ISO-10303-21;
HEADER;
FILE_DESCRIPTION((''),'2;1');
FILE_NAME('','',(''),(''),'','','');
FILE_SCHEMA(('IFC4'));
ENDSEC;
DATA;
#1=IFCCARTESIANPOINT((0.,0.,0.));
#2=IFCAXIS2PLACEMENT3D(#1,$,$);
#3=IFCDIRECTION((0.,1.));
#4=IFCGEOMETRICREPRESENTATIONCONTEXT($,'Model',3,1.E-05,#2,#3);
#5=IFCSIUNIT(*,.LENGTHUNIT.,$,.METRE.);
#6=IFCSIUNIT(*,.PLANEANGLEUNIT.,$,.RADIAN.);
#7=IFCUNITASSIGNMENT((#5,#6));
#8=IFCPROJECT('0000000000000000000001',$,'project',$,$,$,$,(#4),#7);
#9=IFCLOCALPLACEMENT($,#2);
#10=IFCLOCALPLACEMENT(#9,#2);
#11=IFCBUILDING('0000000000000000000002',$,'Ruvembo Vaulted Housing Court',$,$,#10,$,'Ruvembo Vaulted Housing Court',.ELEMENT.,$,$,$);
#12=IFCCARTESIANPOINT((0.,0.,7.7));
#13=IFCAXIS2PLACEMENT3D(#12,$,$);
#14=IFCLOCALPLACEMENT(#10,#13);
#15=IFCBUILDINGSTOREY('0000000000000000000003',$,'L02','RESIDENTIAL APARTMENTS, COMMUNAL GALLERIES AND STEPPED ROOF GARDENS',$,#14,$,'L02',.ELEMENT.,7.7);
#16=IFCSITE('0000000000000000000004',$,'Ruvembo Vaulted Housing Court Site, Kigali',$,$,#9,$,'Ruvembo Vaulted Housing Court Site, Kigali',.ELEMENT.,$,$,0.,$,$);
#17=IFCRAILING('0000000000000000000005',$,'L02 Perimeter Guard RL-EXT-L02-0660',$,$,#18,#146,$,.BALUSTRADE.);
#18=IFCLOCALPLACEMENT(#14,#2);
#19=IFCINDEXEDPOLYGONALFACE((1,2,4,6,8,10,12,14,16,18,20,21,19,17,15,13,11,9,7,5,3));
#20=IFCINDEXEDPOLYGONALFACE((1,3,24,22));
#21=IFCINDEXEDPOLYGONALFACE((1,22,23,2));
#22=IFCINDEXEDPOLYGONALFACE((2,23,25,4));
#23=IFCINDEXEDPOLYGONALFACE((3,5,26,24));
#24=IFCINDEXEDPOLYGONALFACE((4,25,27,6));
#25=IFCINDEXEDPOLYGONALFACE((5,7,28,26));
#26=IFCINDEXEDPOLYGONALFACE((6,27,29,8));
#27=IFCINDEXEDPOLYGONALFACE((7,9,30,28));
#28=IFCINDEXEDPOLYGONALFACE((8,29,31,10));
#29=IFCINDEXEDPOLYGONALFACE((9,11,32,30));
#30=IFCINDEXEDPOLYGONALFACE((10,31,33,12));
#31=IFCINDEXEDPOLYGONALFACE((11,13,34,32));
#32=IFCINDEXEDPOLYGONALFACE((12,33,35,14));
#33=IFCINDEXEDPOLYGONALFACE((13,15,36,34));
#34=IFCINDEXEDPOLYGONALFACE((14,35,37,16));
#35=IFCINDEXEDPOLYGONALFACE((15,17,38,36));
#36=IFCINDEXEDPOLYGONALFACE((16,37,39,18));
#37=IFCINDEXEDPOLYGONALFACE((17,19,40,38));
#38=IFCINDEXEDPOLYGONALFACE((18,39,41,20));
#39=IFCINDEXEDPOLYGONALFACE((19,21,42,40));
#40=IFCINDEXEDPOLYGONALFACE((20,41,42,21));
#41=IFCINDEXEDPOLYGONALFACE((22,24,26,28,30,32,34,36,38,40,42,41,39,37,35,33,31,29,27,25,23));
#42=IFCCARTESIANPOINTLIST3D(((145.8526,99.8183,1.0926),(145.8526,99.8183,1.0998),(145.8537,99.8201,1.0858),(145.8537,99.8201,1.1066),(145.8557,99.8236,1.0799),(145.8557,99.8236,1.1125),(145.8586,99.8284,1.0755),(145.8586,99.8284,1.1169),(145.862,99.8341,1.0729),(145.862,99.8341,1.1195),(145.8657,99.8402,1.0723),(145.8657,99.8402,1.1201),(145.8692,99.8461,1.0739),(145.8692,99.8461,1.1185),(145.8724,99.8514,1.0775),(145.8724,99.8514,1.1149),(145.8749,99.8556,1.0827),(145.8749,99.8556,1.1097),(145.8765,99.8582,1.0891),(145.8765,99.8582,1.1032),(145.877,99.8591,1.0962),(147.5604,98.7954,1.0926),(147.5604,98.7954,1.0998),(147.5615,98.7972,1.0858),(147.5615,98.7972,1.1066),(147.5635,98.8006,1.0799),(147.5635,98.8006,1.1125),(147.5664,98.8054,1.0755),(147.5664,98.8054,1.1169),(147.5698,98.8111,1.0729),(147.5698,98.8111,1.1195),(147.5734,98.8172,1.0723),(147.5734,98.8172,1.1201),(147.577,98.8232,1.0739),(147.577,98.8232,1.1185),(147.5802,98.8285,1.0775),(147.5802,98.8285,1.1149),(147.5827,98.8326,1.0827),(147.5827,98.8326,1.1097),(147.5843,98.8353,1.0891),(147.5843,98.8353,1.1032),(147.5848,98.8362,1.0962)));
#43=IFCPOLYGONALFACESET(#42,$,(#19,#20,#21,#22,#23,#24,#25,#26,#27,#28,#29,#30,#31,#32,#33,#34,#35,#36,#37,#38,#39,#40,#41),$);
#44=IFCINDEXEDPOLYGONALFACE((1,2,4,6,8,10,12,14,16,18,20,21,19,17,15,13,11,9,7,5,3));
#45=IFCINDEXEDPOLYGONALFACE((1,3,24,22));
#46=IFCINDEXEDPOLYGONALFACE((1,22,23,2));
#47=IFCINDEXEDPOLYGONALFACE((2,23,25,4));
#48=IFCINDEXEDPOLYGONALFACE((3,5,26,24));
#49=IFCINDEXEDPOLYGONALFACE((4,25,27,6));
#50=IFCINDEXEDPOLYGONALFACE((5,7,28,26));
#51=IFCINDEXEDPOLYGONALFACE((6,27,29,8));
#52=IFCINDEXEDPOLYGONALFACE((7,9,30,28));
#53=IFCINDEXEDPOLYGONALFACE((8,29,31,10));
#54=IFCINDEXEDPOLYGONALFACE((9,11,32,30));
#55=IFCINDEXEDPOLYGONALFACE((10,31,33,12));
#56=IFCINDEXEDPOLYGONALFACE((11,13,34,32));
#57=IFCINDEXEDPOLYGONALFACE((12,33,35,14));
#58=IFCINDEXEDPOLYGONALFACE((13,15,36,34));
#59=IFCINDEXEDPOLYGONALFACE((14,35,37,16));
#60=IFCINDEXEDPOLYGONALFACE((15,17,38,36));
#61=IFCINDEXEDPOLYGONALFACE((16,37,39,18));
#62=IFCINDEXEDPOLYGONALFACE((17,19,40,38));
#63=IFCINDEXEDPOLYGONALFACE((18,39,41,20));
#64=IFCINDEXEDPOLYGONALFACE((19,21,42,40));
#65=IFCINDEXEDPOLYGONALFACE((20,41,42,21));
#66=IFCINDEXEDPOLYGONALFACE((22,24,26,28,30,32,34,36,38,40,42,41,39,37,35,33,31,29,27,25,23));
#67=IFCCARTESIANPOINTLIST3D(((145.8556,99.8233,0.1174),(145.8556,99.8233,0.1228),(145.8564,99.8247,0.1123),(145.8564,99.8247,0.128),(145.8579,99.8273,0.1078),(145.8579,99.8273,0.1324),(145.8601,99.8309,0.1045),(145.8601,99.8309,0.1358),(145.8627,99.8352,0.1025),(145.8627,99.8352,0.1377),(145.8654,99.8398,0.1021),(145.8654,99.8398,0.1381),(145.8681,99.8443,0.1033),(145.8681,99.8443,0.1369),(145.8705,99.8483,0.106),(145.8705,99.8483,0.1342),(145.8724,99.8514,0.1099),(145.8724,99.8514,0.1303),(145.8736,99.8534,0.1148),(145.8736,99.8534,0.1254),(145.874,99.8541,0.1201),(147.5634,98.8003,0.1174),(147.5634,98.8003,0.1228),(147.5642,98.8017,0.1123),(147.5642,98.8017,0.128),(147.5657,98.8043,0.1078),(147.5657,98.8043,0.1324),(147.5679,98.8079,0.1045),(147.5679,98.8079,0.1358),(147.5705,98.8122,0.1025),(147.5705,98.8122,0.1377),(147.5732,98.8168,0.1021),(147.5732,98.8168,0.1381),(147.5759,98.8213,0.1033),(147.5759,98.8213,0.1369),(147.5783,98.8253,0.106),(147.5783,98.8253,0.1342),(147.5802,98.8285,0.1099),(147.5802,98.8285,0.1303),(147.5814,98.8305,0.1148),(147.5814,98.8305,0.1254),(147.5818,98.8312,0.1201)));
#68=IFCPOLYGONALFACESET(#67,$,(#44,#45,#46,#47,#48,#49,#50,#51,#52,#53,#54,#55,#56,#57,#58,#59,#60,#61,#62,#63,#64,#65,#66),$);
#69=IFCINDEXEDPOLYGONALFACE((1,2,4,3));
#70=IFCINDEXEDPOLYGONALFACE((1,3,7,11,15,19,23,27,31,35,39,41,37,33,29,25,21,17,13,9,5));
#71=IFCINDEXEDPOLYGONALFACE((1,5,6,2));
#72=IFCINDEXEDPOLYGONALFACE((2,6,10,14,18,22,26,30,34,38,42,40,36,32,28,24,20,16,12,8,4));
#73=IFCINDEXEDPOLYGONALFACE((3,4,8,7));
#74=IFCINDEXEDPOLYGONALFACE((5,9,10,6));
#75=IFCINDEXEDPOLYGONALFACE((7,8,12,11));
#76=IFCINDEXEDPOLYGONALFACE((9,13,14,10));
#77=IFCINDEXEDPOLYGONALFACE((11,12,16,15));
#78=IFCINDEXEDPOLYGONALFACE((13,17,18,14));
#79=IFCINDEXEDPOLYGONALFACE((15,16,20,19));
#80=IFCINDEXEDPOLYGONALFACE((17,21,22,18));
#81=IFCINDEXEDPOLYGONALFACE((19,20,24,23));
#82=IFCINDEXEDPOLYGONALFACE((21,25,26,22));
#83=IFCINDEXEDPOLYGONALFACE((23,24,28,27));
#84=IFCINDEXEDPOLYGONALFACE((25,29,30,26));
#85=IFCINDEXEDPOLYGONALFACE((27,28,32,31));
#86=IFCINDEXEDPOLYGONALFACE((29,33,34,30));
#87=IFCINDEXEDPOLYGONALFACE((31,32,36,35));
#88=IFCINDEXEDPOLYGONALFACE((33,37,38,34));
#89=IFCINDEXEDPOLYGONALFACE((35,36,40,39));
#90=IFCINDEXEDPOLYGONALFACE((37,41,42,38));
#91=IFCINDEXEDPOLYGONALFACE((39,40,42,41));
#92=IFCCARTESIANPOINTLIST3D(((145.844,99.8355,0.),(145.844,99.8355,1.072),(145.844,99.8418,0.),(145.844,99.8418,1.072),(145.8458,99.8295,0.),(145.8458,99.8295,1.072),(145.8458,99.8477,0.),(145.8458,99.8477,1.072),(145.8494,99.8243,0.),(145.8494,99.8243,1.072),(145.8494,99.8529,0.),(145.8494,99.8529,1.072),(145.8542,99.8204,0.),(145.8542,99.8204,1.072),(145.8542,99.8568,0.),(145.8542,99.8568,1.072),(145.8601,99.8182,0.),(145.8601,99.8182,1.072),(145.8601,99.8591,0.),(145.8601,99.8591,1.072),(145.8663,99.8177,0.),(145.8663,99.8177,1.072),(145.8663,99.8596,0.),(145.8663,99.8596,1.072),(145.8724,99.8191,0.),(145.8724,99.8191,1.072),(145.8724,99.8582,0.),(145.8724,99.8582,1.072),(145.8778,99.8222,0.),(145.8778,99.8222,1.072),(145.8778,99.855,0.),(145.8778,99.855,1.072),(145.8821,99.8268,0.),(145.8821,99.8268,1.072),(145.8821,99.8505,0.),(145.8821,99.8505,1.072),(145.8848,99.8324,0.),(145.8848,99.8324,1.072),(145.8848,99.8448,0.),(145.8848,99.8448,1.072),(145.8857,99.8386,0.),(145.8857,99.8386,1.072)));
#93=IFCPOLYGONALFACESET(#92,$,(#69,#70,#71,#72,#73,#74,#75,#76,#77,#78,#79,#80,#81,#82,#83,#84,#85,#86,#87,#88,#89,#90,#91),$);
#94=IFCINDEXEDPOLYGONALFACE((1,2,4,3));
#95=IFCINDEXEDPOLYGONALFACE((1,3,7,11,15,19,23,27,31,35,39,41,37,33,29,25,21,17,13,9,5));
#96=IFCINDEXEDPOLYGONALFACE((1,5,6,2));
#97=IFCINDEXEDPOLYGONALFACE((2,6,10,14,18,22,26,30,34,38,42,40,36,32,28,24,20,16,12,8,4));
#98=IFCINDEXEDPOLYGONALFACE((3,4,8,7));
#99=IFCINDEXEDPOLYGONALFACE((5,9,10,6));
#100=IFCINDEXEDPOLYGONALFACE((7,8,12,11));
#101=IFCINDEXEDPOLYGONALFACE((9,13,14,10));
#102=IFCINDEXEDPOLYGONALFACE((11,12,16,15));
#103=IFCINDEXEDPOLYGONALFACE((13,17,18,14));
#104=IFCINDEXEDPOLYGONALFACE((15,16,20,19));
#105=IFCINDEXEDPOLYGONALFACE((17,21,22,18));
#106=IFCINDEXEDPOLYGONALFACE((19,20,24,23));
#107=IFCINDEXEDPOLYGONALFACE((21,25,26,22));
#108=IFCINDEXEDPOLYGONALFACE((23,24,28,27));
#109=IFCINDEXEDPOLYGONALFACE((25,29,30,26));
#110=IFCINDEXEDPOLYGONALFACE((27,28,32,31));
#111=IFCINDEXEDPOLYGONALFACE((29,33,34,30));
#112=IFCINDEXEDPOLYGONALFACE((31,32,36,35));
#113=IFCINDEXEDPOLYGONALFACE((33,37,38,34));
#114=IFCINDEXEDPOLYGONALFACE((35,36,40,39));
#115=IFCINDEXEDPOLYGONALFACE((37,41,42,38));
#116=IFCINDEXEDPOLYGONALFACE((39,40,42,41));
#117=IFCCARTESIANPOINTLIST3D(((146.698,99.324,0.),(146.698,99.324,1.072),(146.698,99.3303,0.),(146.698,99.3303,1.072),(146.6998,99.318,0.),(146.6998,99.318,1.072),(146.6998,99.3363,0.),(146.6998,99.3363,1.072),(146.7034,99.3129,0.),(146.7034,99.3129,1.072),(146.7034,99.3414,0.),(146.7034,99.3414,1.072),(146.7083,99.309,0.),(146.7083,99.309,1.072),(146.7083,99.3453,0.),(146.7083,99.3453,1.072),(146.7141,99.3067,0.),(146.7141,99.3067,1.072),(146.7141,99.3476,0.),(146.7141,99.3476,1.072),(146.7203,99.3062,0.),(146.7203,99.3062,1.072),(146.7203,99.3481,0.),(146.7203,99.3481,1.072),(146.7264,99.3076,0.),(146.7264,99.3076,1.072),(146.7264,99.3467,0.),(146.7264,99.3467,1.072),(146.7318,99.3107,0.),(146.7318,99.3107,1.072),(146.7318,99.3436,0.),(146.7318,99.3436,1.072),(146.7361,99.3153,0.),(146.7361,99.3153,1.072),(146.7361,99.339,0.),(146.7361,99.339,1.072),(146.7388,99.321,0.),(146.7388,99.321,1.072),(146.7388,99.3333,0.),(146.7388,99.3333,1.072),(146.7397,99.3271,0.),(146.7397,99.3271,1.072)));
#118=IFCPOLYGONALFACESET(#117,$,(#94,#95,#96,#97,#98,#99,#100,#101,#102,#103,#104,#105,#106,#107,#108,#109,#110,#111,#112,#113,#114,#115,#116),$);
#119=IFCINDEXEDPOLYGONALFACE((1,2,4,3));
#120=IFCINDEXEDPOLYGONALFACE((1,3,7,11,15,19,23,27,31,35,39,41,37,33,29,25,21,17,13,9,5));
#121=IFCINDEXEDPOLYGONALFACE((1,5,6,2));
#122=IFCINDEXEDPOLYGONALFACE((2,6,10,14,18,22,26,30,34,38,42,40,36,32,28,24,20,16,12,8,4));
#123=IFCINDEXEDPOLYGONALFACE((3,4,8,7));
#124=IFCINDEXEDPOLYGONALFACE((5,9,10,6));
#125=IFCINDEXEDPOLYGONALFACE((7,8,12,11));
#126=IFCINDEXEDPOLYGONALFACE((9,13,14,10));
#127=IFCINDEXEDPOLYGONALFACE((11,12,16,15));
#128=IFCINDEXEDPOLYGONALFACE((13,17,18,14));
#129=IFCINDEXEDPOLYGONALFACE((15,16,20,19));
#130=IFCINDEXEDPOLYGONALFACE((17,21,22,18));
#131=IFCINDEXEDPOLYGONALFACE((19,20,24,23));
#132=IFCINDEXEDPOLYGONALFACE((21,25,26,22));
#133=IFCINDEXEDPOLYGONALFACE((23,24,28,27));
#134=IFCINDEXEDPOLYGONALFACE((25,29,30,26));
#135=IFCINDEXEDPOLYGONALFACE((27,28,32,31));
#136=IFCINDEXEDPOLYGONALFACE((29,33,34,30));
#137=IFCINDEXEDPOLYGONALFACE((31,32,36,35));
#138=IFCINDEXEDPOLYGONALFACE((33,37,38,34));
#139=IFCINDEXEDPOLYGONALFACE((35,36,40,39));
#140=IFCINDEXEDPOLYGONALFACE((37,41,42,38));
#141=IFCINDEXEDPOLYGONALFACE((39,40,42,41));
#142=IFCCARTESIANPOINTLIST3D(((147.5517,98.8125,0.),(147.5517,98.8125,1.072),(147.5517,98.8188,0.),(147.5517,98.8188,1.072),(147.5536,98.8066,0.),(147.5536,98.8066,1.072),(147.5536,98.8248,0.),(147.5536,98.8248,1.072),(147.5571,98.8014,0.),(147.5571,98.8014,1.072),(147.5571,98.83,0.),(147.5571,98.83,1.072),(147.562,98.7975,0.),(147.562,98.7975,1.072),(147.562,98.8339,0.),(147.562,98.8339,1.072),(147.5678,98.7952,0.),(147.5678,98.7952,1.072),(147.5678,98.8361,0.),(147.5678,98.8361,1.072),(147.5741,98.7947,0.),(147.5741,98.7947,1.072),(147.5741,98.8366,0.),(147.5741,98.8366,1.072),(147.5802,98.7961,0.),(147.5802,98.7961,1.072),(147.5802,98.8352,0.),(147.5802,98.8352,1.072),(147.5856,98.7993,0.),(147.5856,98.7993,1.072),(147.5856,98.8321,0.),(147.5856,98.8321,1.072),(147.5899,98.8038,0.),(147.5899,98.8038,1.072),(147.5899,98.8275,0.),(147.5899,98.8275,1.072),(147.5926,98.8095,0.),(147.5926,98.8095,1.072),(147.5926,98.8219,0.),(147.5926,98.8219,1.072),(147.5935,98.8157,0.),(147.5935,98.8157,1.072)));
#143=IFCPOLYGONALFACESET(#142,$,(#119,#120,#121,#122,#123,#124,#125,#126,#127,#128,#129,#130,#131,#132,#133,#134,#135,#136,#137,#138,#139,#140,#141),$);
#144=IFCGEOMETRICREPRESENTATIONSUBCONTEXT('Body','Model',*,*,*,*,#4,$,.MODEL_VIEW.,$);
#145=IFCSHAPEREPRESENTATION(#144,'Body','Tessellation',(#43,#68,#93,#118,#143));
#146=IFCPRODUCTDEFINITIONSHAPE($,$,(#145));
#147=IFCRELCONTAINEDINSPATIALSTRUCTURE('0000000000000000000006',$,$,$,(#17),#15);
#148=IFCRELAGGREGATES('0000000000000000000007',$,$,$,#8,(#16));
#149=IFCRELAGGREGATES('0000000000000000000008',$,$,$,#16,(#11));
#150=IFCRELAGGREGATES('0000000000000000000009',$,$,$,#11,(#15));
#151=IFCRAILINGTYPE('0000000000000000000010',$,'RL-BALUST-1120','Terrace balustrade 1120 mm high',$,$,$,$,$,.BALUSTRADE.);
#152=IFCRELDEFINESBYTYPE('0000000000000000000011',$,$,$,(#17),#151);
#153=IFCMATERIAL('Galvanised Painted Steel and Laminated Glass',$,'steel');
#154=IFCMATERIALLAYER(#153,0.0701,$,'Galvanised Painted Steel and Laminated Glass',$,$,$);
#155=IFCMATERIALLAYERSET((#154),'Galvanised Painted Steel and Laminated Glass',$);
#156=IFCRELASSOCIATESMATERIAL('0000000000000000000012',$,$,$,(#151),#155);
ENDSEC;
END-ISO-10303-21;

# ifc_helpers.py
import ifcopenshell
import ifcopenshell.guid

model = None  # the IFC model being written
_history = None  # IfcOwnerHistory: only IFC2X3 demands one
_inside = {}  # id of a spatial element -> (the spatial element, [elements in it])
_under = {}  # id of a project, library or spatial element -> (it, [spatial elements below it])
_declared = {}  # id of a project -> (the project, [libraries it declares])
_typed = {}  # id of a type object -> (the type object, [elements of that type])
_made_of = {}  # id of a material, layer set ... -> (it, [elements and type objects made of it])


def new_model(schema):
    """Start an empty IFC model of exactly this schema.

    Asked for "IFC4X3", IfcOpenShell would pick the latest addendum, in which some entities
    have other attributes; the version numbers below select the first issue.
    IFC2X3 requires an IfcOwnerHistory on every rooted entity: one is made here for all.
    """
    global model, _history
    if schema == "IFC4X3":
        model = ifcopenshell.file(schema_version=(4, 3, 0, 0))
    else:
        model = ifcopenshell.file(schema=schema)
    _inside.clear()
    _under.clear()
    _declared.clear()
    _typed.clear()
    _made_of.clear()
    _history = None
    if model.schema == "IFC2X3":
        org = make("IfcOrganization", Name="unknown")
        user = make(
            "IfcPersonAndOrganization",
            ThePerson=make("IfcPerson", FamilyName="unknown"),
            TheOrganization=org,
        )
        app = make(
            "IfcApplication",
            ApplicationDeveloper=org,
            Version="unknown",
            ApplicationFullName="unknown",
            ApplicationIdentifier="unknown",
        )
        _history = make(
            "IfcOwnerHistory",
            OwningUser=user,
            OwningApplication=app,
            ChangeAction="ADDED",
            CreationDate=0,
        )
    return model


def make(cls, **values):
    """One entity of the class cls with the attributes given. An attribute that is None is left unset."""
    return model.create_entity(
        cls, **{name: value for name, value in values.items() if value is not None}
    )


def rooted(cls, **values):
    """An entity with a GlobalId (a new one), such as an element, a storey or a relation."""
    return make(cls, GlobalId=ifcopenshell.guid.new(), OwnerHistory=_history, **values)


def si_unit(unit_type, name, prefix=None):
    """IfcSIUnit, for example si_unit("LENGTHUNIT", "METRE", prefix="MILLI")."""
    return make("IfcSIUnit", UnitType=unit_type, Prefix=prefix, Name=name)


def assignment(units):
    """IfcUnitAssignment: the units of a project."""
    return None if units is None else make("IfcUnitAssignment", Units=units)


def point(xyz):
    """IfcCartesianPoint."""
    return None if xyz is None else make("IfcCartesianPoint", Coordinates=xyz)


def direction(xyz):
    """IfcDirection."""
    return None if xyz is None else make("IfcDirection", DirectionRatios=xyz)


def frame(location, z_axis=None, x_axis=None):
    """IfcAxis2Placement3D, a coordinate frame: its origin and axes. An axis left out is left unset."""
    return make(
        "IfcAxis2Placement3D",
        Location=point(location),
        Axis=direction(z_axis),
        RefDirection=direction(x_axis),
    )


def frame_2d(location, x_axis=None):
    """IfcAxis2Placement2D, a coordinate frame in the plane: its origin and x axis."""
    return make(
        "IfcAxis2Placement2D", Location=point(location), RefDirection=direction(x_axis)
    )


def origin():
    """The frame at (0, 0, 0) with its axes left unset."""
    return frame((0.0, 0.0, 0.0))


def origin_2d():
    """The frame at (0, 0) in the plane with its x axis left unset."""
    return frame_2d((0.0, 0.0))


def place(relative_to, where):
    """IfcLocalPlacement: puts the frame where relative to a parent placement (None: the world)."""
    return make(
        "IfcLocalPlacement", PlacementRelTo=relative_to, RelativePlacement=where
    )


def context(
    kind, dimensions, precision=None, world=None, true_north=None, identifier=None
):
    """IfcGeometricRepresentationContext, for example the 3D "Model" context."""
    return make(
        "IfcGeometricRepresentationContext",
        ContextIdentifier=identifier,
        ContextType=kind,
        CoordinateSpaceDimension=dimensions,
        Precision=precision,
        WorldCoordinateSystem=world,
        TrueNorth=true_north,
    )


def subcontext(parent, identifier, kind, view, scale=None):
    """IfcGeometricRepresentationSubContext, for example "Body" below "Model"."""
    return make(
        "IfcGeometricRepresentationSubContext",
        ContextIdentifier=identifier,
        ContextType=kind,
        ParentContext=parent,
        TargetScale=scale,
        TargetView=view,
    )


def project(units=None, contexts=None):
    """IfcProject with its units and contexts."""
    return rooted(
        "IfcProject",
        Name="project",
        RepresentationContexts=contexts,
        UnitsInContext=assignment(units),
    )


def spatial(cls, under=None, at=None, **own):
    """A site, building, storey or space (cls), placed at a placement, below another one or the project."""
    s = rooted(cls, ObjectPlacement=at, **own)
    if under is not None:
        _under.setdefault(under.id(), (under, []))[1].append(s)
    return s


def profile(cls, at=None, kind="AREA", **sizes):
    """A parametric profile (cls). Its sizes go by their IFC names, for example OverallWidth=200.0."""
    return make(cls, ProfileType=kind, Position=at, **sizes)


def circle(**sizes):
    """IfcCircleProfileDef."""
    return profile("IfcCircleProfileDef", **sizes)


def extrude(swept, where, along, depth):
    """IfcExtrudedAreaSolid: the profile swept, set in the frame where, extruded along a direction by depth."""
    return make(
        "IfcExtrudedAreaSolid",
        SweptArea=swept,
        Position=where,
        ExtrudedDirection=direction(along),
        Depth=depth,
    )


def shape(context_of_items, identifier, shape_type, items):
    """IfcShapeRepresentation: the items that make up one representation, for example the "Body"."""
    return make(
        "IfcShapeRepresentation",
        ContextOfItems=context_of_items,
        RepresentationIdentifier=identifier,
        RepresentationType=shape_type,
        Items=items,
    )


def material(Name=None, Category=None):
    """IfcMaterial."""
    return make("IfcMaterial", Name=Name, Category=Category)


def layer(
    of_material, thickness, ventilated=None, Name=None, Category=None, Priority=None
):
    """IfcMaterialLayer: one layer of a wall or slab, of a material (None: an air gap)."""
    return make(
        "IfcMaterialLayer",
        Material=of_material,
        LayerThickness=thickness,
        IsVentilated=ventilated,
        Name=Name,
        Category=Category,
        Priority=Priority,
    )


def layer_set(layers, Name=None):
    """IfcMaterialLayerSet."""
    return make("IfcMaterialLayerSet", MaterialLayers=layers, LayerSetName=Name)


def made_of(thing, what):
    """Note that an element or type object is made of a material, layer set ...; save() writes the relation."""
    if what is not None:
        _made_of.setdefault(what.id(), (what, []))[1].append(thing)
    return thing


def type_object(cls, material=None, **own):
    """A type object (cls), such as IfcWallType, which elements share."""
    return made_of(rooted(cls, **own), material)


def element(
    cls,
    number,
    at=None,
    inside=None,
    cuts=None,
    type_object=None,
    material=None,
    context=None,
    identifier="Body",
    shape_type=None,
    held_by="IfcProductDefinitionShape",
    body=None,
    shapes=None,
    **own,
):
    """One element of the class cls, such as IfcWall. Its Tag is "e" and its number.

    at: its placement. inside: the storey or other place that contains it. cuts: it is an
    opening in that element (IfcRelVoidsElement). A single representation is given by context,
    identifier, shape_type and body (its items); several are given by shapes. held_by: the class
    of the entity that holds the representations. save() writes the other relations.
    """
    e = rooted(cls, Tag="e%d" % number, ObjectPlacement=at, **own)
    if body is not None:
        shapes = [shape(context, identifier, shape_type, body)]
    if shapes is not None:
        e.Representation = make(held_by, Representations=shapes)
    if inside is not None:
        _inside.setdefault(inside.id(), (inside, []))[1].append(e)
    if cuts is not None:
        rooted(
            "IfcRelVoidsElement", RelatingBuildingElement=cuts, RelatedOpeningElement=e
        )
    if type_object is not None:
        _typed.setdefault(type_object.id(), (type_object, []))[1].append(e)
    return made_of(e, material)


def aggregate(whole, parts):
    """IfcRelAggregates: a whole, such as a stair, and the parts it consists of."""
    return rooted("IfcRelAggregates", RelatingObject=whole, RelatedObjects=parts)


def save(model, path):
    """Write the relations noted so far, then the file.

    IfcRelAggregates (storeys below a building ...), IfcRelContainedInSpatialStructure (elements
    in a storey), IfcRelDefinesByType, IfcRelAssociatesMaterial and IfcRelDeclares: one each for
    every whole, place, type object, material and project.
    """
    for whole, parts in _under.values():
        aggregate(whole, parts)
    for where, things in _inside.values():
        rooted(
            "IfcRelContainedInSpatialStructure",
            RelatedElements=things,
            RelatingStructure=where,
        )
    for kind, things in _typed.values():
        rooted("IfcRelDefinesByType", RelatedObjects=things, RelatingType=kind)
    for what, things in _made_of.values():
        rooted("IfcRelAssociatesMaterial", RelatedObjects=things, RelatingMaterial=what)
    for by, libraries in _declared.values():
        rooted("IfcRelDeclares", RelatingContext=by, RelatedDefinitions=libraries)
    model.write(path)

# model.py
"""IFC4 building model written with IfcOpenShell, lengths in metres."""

from ifc_helpers import new_model, si_unit, direction, frame, origin, origin_2d, place, context, subcontext, project, spatial, circle, extrude, material, layer, layer_set, type_object, element, save


model = new_model("IFC4")

# Units and contexts
model_context = context("Model", 3, precision=1e-05, world=origin(), true_north=direction((0.0, 1.0)))
body_context = subcontext(model_context, "Body", "Model", "MODEL_VIEW")
ifc_project = project(units=[si_unit("LENGTHUNIT", "METRE"), si_unit("PLANEANGLEUNIT", "RADIAN")], contexts=[model_context])

# Site, building, storey
site_placement = place(None, origin())
site = spatial("IfcSite", under=ifc_project, at=site_placement, Name="Ruvembo Vaulted Housing Court Site, Kigali", LongName="Ruvembo Vaulted Housing Court Site, Kigali", CompositionType="ELEMENT", RefElevation=0.0)
building_placement = place(site_placement, origin())
building = spatial("IfcBuilding", under=site, at=building_placement, Name="Ruvembo Vaulted Housing Court", LongName="Ruvembo Vaulted Housing Court", CompositionType="ELEMENT")
storey_placement = place(building_placement, frame((0.0, 0.0, 7.7)))
storey = spatial("IfcBuildingStorey", under=building, at=storey_placement, Name="L02", Description="RESIDENTIAL APARTMENTS, COMMUNAL GALLERIES AND STEPPED ROOF GARDENS", LongName="L02", CompositionType="ELEMENT", Elevation=7.7)

# Railing
ifc_material_1 = material(Name="Galvanised Painted Steel and Laminated Glass", Category="steel")
ifc_layer_1 = layer(ifc_material_1, 0.0701, Name="Galvanised Painted Steel and Laminated Glass")
ifc_layer_set_1 = layer_set([ifc_layer_1], Name="Galvanised Painted Steel and Laminated Glass")
railing_type = type_object("IfcRailingType", Name="RL-BALUST-1120", Description="Terrace balustrade 1120 mm high", PredefinedType="BALUSTRADE", material=ifc_layer_set_1)
railing_1_placement = place(storey_placement, frame((145.8647, 99.8386, 0.0)))
element("IfcRailing", 1, at=railing_1_placement, inside=storey, type_object=railing_type, Name="L02 Perimeter Guard RL-EXT-L02-0660", PredefinedType="BALUSTRADE", context=body_context, shape_type="SweptSolid", body=[
    extrude(circle(Radius=0.0239, at=origin_2d()), frame((0.0, 0.0, 1.0962), z_axis=(0.857871, -0.513864, 0.0), x_axis=(0.513864, 0.857871, 0.0)), (0.0, 0.0, 1.0), 1.9907),
    extrude(circle(Radius=0.0181, at=origin_2d()), frame((0.0, 0.0, 0.1201), z_axis=(0.857871, -0.513864, 0.0), x_axis=(0.513864, 0.857871, 0.0)), (0.0, 0.0, 1.0), 1.9907),
    extrude(circle(Radius=0.021, at=origin_2d()), origin(), (0.0, 0.0, 1.0), 1.072),
    extrude(circle(Radius=0.021, at=origin_2d()), frame((0.854, -0.5115, 0.0)), (0.0, 0.0, 1.0), 1.072),
    extrude(circle(Radius=0.021, at=origin_2d()), frame((1.7078, -1.0229, 0.0)), (0.0, 0.0, 1.0), 1.072),
])

save(model, "model.ifc")
